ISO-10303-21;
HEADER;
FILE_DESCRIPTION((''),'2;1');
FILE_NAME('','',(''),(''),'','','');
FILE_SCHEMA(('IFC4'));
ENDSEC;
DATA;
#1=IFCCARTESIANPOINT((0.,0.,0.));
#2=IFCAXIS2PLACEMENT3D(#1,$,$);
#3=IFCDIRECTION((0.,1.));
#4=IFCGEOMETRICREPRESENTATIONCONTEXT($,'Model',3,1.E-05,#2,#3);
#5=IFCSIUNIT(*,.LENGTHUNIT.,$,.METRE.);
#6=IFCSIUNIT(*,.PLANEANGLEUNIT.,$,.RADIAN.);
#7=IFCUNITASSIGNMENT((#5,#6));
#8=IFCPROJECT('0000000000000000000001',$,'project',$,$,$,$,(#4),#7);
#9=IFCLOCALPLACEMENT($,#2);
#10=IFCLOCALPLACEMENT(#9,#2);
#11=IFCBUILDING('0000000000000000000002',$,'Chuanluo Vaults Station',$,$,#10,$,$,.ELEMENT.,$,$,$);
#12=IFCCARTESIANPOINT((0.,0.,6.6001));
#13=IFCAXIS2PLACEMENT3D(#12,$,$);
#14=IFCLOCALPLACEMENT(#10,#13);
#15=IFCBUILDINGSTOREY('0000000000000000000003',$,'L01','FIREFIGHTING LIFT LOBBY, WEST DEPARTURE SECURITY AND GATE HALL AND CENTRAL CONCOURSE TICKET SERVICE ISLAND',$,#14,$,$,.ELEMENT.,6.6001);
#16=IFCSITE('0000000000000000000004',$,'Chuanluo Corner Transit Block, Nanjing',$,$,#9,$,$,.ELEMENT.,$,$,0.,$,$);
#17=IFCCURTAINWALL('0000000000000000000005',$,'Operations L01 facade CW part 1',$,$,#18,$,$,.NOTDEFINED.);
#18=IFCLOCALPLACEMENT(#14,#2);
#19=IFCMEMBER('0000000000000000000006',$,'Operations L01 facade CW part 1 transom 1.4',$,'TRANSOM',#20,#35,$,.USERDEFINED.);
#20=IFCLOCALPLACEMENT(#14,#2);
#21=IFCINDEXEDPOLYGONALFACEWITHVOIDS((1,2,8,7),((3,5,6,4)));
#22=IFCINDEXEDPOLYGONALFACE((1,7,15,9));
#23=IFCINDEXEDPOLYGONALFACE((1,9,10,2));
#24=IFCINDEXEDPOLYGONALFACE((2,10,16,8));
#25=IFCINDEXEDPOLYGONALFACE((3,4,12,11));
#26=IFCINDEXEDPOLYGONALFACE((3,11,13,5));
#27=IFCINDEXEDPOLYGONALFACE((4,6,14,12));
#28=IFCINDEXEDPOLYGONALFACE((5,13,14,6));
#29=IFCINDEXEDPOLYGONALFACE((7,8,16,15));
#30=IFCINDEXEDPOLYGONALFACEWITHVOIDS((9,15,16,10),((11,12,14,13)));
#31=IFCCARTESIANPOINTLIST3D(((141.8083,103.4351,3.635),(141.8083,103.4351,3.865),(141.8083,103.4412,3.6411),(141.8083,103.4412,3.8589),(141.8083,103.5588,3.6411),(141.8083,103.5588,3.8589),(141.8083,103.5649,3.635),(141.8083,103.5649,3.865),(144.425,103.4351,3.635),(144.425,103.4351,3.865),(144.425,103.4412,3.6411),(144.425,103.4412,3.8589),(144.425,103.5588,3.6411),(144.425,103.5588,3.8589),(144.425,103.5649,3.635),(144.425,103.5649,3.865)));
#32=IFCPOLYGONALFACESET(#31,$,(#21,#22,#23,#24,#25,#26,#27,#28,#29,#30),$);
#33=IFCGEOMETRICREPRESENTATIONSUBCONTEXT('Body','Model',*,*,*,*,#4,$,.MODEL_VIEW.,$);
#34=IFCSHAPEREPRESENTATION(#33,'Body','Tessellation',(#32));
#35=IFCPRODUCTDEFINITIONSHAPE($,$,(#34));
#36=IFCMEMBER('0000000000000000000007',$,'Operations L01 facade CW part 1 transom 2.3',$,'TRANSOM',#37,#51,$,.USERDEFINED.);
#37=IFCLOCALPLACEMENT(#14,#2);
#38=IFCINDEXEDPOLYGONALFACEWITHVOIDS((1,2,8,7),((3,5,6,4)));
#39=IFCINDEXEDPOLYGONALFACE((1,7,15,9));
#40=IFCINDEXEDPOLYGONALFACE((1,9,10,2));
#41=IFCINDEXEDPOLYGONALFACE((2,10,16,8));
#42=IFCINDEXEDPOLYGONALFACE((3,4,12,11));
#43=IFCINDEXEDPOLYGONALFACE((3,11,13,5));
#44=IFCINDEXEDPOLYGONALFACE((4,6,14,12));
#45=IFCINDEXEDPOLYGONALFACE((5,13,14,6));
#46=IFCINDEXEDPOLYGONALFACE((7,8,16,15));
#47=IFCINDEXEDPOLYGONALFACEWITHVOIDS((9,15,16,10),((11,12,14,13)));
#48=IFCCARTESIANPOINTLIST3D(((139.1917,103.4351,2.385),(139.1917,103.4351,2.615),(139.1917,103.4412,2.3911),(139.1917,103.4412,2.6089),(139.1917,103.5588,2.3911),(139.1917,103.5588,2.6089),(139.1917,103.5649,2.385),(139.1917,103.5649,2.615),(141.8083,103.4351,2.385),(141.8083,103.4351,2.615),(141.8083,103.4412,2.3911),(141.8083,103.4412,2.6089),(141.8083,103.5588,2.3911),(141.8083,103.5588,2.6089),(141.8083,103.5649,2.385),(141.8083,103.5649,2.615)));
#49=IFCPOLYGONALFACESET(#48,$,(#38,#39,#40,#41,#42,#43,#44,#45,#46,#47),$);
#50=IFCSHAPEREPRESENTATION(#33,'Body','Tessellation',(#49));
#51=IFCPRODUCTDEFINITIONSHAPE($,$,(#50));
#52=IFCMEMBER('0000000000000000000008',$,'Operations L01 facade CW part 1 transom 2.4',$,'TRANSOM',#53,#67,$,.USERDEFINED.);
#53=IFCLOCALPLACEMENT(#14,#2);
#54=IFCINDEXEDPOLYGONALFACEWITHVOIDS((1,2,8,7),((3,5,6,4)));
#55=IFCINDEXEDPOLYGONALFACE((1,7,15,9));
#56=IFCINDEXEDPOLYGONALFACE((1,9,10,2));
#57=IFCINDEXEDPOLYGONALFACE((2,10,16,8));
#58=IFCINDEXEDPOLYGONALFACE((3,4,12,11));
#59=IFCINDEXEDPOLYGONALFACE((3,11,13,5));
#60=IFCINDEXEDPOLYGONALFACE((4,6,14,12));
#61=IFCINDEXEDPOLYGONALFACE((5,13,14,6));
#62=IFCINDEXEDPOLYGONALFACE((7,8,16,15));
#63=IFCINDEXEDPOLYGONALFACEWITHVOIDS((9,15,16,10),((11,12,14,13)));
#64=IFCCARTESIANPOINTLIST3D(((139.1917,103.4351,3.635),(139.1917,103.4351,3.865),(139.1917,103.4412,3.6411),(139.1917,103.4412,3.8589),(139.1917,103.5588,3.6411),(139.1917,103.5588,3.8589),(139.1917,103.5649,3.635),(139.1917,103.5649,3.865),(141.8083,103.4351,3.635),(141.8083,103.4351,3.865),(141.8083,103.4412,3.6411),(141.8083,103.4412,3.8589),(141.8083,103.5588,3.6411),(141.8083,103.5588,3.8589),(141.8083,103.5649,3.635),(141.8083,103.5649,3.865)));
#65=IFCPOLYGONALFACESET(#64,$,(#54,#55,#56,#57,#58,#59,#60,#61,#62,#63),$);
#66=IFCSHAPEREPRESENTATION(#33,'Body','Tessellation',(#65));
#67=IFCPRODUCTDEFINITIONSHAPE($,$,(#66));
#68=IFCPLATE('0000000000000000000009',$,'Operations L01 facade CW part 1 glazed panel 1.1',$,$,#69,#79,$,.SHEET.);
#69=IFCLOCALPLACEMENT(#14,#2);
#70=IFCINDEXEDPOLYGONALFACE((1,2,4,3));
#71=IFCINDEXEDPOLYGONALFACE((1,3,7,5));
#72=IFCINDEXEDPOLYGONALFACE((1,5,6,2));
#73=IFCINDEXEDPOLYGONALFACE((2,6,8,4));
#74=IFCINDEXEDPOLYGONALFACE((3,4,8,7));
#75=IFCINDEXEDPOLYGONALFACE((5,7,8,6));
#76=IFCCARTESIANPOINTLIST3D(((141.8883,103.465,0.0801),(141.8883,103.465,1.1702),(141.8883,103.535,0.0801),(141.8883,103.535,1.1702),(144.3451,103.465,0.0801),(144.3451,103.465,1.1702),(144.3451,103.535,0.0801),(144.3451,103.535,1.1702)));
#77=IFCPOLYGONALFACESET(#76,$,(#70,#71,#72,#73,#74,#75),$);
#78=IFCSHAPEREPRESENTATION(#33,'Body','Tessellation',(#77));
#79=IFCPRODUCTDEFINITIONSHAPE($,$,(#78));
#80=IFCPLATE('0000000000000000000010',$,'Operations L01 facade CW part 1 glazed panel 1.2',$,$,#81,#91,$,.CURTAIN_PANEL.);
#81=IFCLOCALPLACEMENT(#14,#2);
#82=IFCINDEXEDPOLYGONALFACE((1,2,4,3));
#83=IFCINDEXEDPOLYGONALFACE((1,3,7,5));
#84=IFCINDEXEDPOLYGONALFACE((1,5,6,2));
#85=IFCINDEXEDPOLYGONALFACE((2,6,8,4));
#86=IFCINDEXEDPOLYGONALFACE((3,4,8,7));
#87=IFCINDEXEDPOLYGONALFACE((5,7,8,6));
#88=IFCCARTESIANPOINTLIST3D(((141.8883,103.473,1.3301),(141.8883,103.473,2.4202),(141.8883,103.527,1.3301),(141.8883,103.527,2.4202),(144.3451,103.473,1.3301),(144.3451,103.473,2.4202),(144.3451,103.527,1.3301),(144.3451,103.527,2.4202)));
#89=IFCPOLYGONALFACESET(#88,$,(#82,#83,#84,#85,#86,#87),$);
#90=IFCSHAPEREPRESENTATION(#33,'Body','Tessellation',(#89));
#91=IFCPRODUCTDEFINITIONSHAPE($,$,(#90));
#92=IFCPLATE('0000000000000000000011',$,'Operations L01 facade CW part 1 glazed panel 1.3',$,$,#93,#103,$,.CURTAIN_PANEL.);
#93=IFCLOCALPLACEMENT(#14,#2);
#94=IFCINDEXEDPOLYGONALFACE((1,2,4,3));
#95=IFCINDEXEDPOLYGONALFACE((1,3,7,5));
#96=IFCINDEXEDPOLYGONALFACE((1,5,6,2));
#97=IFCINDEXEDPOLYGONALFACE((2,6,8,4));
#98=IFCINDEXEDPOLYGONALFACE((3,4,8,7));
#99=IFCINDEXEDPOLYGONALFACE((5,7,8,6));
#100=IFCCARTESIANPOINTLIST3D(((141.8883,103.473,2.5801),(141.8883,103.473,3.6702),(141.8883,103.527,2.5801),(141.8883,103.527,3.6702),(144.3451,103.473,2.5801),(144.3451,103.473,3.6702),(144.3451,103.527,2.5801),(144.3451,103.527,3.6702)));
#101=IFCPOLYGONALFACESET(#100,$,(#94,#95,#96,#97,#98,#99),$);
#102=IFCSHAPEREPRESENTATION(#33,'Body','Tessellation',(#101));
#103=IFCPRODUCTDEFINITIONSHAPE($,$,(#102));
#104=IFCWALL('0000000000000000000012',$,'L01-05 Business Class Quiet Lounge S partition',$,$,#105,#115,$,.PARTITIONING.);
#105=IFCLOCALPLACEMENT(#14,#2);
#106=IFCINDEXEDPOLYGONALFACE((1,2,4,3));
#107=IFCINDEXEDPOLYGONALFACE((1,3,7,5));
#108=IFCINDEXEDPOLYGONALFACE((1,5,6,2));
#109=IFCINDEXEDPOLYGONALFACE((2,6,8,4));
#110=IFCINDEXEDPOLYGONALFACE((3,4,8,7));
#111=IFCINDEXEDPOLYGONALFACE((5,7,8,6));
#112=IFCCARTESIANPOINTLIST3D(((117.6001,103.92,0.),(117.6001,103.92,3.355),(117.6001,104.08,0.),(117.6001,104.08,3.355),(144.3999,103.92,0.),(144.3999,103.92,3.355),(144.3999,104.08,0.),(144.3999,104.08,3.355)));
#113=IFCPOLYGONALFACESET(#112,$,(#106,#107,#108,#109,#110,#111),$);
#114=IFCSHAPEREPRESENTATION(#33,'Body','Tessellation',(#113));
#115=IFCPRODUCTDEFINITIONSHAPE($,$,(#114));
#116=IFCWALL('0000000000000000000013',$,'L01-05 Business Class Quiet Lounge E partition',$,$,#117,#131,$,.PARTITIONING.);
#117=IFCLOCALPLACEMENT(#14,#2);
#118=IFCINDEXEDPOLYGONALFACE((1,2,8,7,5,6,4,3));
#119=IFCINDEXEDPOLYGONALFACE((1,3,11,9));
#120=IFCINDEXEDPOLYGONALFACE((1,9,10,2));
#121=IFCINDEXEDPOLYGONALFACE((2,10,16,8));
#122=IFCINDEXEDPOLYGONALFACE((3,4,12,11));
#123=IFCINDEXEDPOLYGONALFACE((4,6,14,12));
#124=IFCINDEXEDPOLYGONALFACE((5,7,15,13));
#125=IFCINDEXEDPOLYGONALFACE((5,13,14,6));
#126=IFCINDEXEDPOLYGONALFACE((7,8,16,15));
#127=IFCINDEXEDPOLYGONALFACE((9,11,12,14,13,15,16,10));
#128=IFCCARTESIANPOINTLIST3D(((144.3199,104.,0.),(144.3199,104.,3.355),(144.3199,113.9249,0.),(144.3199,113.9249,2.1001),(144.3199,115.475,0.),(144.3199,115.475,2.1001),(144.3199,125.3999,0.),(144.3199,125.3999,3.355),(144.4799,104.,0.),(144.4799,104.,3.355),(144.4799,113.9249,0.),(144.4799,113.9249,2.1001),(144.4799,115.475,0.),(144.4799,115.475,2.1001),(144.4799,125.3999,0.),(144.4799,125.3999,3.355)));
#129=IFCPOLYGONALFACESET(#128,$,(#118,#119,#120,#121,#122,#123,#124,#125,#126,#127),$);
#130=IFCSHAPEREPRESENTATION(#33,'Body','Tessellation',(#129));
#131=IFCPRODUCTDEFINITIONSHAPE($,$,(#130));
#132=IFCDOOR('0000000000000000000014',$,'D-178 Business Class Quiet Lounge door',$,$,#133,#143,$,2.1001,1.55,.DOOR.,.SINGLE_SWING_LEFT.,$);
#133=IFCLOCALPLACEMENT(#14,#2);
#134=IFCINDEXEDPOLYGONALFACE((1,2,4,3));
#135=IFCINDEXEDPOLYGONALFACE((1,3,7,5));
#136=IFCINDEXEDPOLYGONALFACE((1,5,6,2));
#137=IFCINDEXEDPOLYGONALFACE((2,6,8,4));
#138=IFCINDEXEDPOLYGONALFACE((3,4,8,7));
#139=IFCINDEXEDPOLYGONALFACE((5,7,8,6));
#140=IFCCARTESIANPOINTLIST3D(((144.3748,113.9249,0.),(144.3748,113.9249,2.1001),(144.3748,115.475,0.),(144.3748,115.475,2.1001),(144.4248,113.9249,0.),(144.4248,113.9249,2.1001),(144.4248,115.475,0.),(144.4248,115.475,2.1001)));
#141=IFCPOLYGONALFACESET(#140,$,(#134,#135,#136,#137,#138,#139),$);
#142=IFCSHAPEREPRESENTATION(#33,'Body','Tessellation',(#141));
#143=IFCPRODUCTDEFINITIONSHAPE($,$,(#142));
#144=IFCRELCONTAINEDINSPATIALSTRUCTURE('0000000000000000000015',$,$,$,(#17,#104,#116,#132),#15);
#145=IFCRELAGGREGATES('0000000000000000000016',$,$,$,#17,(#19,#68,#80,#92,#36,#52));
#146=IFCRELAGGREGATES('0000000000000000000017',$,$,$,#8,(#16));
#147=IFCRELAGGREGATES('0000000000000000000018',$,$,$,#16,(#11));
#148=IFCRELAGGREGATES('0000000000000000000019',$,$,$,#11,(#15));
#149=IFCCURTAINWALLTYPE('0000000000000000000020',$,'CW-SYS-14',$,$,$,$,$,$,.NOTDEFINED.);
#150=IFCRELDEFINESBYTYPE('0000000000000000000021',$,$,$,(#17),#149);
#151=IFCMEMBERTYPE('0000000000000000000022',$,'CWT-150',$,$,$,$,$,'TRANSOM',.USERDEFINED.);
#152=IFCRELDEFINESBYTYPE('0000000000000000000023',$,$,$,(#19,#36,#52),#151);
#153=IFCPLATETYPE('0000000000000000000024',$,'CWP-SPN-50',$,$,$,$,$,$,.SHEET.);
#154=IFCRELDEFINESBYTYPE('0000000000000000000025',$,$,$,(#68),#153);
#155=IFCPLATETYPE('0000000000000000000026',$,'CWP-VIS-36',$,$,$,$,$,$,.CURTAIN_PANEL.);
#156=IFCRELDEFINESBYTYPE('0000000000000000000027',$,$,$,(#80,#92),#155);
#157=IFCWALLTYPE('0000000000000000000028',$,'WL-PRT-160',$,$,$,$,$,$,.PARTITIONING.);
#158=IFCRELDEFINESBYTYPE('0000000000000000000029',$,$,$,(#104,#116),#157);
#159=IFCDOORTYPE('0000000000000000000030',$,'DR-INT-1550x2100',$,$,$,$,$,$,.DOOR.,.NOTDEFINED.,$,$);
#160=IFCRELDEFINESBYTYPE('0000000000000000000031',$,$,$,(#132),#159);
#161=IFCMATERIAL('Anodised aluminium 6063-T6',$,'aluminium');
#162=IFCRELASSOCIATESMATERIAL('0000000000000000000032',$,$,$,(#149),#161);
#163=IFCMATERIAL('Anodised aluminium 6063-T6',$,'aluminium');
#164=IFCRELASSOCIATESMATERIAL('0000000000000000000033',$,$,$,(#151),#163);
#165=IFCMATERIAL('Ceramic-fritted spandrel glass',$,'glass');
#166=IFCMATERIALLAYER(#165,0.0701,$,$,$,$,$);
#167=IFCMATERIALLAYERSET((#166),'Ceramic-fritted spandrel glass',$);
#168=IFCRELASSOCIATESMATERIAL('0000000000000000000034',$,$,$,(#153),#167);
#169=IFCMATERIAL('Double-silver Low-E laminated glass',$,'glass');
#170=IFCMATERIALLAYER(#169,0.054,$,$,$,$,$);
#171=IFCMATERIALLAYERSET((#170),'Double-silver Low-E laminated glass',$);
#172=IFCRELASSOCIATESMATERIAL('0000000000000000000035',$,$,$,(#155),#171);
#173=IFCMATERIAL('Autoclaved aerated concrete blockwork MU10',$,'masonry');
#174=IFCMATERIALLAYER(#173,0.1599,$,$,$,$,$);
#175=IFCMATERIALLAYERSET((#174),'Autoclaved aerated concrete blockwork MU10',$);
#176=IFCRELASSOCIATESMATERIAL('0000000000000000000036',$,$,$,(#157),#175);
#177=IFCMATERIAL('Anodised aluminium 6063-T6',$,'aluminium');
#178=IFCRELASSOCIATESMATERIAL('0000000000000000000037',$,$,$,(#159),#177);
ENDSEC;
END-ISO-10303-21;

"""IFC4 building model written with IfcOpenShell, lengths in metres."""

from ifc_helpers import new_model, si_unit, direction, frame, frame_2d, origin, origin_2d, place, context, subcontext, project, spatial, rectangle, hollow_rectangle, extrude, material, layer, layer_set, material_profile, profile_set, type_object, element, fill, aggregate, save


model = new_model("IFC4")

# Units and contexts
model_context = context("Model", 3, precision=1e-05, world=origin(), true_north=direction((0.0, 1.0)))
body_context = subcontext(model_context, "Body", "Model", "MODEL_VIEW")
ifc_project = project(units=[si_unit("LENGTHUNIT", "METRE"), si_unit("PLANEANGLEUNIT", "RADIAN")], contexts=[model_context])

# Site, building, storey
site_placement = place(None, origin())
site = spatial("IfcSite", under=ifc_project, at=site_placement, Name="Chuanluo Corner Transit Block, Nanjing", CompositionType="ELEMENT", RefElevation=0.0)
building_placement = place(site_placement, origin())
building = spatial("IfcBuilding", under=site, at=building_placement, Name="Chuanluo Vaults Station", CompositionType="ELEMENT")
storey_placement = place(building_placement, frame((0.0, 0.0, 6.6001)))
storey = spatial("IfcBuildingStorey", under=building, at=storey_placement, Name="L01", Description="FIREFIGHTING LIFT LOBBY, WEST DEPARTURE SECURITY AND GATE HALL AND CENTRAL CONCOURSE TICKET SERVICE ISLAND", CompositionType="ELEMENT", Elevation=6.6001)

# Curtain wall, members, plates
ifc_material_1 = material(Name="Anodised aluminium 6063-T6", Category="aluminium")
curtain_wall_type_1 = type_object("IfcCurtainWallType", Name="CW-SYS-14", PredefinedType="NOTDEFINED", material=ifc_material_1)
curtain_wall_1_placement = place(storey_placement, origin())
curtain_wall_1 = element("IfcCurtainWall", 1, at=curtain_wall_1_placement, inside=storey, type_object=curtain_wall_type_1, Name="Operations L01 facade CW part 1", PredefinedType="NOTDEFINED")
ifc_material_2 = material(Name="Anodised aluminium 6063-T6", Category="aluminium")
ifc_material_profile_1 = material_profile(ifc_material_2, hollow_rectangle(XDim=0.1299, YDim=0.23, WallThickness=0.0061, at=origin_2d()))
ifc_profile_set_1 = profile_set([ifc_material_profile_1], Name="Anodised aluminium 6063-T6")
member_type_1 = type_object("IfcMemberType", Name="CWT-150", ElementType="TRANSOM", PredefinedType="USERDEFINED", material=ifc_profile_set_1)
member_1_placement = place(storey_placement, frame((144.425, 103.5, 3.75), z_axis=(-1.0, 0.0, 0.0), x_axis=(0.0, -1.0, 0.0)))
member_1 = element("IfcMember", 2, at=member_1_placement, type_object=member_type_1, Name="Operations L01 facade CW part 1 transom 1.4", ObjectType="TRANSOM", PredefinedType="USERDEFINED", context=body_context, shape_type="SweptSolid", body=[
    extrude(hollow_rectangle(XDim=0.1299, YDim=0.23, WallThickness=0.0061, at=origin_2d()), origin(), (0.0, 0.0, 1.0), 2.6167),
])
member_2_placement = place(storey_placement, frame((141.8083, 103.5, 2.5), z_axis=(-1.0, 0.0, 0.0), x_axis=(0.0, -1.0, 0.0)))
member_2 = element("IfcMember", 3, at=member_2_placement, type_object=member_type_1, Name="Operations L01 facade CW part 1 transom 2.3", ObjectType="TRANSOM", PredefinedType="USERDEFINED", context=body_context, shape_type="SweptSolid", body=[
    extrude(hollow_rectangle(XDim=0.1299, YDim=0.23, WallThickness=0.0061, at=origin_2d()), origin(), (0.0, 0.0, 1.0), 2.6167),
])
member_3_placement = place(storey_placement, frame((141.8083, 103.5, 3.75), z_axis=(-1.0, 0.0, 0.0), x_axis=(0.0, -1.0, 0.0)))
member_3 = element("IfcMember", 4, at=member_3_placement, type_object=member_type_1, Name="Operations L01 facade CW part 1 transom 2.4", ObjectType="TRANSOM", PredefinedType="USERDEFINED", context=body_context, shape_type="SweptSolid", body=[
    extrude(hollow_rectangle(XDim=0.1299, YDim=0.23, WallThickness=0.0061, at=origin_2d()), origin(), (0.0, 0.0, 1.0), 2.6167),
])
ifc_material_3 = material(Name="Ceramic-fritted spandrel glass", Category="glass")
ifc_layer_1 = layer(ifc_material_3, 0.0701)
ifc_layer_set_1 = layer_set([ifc_layer_1], Name="Ceramic-fritted spandrel glass")
plate_type_1 = type_object("IfcPlateType", Name="CWP-SPN-50", PredefinedType="SHEET", material=ifc_layer_set_1)
plate_1_placement = place(storey_placement, frame((143.1167, 103.5, 0.0801), z_axis=(0.0, 0.0, 1.0), x_axis=(-1.0, 0.0, 0.0)))
plate_1 = element("IfcPlate", 5, at=plate_1_placement, type_object=plate_type_1, Name="Operations L01 facade CW part 1 glazed panel 1.1", PredefinedType="SHEET", context=body_context, shape_type="SweptSolid", body=[
    extrude(rectangle(XDim=2.4568, YDim=0.0701, at=origin_2d()), origin(), (0.0, 0.0, 1.0), 1.0901),
])
ifc_material_4 = material(Name="Double-silver Low-E laminated glass", Category="glass")
ifc_layer_2 = layer(ifc_material_4, 0.054)
ifc_layer_set_2 = layer_set([ifc_layer_2], Name="Double-silver Low-E laminated glass")
plate_type_2 = type_object("IfcPlateType", Name="CWP-VIS-36", PredefinedType="CURTAIN_PANEL", material=ifc_layer_set_2)
plate_2_placement = place(storey_placement, frame((143.1167, 103.5, 1.3301), z_axis=(0.0, 0.0, 1.0), x_axis=(-1.0, 0.0, 0.0)))
plate_2 = element("IfcPlate", 6, at=plate_2_placement, type_object=plate_type_2, Name="Operations L01 facade CW part 1 glazed panel 1.2", PredefinedType="CURTAIN_PANEL", context=body_context, shape_type="SweptSolid", body=[
    extrude(rectangle(XDim=2.4568, YDim=0.054, at=origin_2d()), origin(), (0.0, 0.0, 1.0), 1.0901),
])
plate_3_placement = place(storey_placement, frame((143.1167, 103.5, 2.5801), z_axis=(0.0, 0.0, 1.0), x_axis=(-1.0, 0.0, 0.0)))
plate_3 = element("IfcPlate", 7, at=plate_3_placement, type_object=plate_type_2, Name="Operations L01 facade CW part 1 glazed panel 1.3", PredefinedType="CURTAIN_PANEL", context=body_context, shape_type="SweptSolid", body=[
    extrude(rectangle(XDim=2.4568, YDim=0.054, at=origin_2d()), origin(), (0.0, 0.0, 1.0), 1.0901),
])
aggregate(curtain_wall_1, [member_1, plate_1, plate_2, plate_3, member_2, member_3])

# Wall
ifc_material_5 = material(Name="Autoclaved aerated concrete blockwork MU10", Category="masonry")
ifc_layer_3 = layer(ifc_material_5, 0.1599)
ifc_layer_set_3 = layer_set([ifc_layer_3], Name="Autoclaved aerated concrete blockwork MU10")
wall_type = type_object("IfcWallType", Name="WL-PRT-160", PredefinedType="PARTITIONING", material=ifc_layer_set_3)
wall_1_placement = place(storey_placement, frame((144.3999, 104.0, 0.0), z_axis=(0.0, 0.0, 1.0), x_axis=(-1.0, 0.0, 0.0)))
element("IfcWall", 8, at=wall_1_placement, inside=storey, type_object=wall_type, Name="L01-05 Business Class Quiet Lounge S partition", PredefinedType="PARTITIONING", context=body_context, shape_type="SweptSolid", body=[
    extrude(rectangle(XDim=26.7998, YDim=0.1599, at=frame_2d((13.3999, 0.0))), origin(), (0.0, 0.0, 1.0), 3.355),
])

# Wall, opening, door
wall_2_placement = place(storey_placement, frame((144.3999, 125.3999, 0.0), z_axis=(0.0, 0.0, 1.0), x_axis=(0.0, -1.0, 0.0)))
wall_2 = element("IfcWall", 9, at=wall_2_placement, inside=storey, type_object=wall_type, Name="L01-05 Business Class Quiet Lounge E partition", PredefinedType="PARTITIONING", context=body_context, shape_type="SweptSolid", body=[
    extrude(rectangle(XDim=21.3999, YDim=0.1599, at=frame_2d((10.7, 0.0))), origin(), (0.0, 0.0, 1.0), 3.355),
])
opening_placement = place(wall_2_placement, frame((9.925, 0.0, 0.0)))
opening = element("IfcOpeningElement", 10, at=opening_placement, cuts=wall_2, PredefinedType="OPENING", context=body_context, shape_type="SweptSolid", body=[
    extrude(rectangle(XDim=1.55, YDim=2.1001, at=frame_2d((0.7749, 1.05))), frame((0.0, 0.0901, 0.0), z_axis=(0.0, -1.0, 0.0), x_axis=(1.0, 0.0, 0.0)), (0.0, 0.0, 1.0), 0.1799),
])
ifc_material_6 = material(Name="Anodised aluminium 6063-T6", Category="aluminium")
door_type = type_object("IfcDoorType", Name="DR-INT-1550x2100", OperationType="NOTDEFINED", PredefinedType="DOOR", material=ifc_material_6)
door_placement = place(opening_placement, origin())
door = element("IfcDoor", 11, at=door_placement, inside=storey, type_object=door_type, Name="D-178 Business Class Quiet Lounge door", OperationType="SINGLE_SWING_LEFT", OverallHeight=2.1001, OverallWidth=1.55, PredefinedType="DOOR", context=body_context, shape_type="SweptSolid", body=[
    extrude(rectangle(XDim=1.55, YDim=2.1001, at=frame_2d((0.7749, 1.05))), frame((0.0, 0.0249, 0.0), z_axis=(0.0, -1.0, 0.0), x_axis=(1.0, 0.0, 0.0)), (0.0, 0.0, 1.0), 0.05),
])
fill(opening, door)

save(model, "model.ifc")
